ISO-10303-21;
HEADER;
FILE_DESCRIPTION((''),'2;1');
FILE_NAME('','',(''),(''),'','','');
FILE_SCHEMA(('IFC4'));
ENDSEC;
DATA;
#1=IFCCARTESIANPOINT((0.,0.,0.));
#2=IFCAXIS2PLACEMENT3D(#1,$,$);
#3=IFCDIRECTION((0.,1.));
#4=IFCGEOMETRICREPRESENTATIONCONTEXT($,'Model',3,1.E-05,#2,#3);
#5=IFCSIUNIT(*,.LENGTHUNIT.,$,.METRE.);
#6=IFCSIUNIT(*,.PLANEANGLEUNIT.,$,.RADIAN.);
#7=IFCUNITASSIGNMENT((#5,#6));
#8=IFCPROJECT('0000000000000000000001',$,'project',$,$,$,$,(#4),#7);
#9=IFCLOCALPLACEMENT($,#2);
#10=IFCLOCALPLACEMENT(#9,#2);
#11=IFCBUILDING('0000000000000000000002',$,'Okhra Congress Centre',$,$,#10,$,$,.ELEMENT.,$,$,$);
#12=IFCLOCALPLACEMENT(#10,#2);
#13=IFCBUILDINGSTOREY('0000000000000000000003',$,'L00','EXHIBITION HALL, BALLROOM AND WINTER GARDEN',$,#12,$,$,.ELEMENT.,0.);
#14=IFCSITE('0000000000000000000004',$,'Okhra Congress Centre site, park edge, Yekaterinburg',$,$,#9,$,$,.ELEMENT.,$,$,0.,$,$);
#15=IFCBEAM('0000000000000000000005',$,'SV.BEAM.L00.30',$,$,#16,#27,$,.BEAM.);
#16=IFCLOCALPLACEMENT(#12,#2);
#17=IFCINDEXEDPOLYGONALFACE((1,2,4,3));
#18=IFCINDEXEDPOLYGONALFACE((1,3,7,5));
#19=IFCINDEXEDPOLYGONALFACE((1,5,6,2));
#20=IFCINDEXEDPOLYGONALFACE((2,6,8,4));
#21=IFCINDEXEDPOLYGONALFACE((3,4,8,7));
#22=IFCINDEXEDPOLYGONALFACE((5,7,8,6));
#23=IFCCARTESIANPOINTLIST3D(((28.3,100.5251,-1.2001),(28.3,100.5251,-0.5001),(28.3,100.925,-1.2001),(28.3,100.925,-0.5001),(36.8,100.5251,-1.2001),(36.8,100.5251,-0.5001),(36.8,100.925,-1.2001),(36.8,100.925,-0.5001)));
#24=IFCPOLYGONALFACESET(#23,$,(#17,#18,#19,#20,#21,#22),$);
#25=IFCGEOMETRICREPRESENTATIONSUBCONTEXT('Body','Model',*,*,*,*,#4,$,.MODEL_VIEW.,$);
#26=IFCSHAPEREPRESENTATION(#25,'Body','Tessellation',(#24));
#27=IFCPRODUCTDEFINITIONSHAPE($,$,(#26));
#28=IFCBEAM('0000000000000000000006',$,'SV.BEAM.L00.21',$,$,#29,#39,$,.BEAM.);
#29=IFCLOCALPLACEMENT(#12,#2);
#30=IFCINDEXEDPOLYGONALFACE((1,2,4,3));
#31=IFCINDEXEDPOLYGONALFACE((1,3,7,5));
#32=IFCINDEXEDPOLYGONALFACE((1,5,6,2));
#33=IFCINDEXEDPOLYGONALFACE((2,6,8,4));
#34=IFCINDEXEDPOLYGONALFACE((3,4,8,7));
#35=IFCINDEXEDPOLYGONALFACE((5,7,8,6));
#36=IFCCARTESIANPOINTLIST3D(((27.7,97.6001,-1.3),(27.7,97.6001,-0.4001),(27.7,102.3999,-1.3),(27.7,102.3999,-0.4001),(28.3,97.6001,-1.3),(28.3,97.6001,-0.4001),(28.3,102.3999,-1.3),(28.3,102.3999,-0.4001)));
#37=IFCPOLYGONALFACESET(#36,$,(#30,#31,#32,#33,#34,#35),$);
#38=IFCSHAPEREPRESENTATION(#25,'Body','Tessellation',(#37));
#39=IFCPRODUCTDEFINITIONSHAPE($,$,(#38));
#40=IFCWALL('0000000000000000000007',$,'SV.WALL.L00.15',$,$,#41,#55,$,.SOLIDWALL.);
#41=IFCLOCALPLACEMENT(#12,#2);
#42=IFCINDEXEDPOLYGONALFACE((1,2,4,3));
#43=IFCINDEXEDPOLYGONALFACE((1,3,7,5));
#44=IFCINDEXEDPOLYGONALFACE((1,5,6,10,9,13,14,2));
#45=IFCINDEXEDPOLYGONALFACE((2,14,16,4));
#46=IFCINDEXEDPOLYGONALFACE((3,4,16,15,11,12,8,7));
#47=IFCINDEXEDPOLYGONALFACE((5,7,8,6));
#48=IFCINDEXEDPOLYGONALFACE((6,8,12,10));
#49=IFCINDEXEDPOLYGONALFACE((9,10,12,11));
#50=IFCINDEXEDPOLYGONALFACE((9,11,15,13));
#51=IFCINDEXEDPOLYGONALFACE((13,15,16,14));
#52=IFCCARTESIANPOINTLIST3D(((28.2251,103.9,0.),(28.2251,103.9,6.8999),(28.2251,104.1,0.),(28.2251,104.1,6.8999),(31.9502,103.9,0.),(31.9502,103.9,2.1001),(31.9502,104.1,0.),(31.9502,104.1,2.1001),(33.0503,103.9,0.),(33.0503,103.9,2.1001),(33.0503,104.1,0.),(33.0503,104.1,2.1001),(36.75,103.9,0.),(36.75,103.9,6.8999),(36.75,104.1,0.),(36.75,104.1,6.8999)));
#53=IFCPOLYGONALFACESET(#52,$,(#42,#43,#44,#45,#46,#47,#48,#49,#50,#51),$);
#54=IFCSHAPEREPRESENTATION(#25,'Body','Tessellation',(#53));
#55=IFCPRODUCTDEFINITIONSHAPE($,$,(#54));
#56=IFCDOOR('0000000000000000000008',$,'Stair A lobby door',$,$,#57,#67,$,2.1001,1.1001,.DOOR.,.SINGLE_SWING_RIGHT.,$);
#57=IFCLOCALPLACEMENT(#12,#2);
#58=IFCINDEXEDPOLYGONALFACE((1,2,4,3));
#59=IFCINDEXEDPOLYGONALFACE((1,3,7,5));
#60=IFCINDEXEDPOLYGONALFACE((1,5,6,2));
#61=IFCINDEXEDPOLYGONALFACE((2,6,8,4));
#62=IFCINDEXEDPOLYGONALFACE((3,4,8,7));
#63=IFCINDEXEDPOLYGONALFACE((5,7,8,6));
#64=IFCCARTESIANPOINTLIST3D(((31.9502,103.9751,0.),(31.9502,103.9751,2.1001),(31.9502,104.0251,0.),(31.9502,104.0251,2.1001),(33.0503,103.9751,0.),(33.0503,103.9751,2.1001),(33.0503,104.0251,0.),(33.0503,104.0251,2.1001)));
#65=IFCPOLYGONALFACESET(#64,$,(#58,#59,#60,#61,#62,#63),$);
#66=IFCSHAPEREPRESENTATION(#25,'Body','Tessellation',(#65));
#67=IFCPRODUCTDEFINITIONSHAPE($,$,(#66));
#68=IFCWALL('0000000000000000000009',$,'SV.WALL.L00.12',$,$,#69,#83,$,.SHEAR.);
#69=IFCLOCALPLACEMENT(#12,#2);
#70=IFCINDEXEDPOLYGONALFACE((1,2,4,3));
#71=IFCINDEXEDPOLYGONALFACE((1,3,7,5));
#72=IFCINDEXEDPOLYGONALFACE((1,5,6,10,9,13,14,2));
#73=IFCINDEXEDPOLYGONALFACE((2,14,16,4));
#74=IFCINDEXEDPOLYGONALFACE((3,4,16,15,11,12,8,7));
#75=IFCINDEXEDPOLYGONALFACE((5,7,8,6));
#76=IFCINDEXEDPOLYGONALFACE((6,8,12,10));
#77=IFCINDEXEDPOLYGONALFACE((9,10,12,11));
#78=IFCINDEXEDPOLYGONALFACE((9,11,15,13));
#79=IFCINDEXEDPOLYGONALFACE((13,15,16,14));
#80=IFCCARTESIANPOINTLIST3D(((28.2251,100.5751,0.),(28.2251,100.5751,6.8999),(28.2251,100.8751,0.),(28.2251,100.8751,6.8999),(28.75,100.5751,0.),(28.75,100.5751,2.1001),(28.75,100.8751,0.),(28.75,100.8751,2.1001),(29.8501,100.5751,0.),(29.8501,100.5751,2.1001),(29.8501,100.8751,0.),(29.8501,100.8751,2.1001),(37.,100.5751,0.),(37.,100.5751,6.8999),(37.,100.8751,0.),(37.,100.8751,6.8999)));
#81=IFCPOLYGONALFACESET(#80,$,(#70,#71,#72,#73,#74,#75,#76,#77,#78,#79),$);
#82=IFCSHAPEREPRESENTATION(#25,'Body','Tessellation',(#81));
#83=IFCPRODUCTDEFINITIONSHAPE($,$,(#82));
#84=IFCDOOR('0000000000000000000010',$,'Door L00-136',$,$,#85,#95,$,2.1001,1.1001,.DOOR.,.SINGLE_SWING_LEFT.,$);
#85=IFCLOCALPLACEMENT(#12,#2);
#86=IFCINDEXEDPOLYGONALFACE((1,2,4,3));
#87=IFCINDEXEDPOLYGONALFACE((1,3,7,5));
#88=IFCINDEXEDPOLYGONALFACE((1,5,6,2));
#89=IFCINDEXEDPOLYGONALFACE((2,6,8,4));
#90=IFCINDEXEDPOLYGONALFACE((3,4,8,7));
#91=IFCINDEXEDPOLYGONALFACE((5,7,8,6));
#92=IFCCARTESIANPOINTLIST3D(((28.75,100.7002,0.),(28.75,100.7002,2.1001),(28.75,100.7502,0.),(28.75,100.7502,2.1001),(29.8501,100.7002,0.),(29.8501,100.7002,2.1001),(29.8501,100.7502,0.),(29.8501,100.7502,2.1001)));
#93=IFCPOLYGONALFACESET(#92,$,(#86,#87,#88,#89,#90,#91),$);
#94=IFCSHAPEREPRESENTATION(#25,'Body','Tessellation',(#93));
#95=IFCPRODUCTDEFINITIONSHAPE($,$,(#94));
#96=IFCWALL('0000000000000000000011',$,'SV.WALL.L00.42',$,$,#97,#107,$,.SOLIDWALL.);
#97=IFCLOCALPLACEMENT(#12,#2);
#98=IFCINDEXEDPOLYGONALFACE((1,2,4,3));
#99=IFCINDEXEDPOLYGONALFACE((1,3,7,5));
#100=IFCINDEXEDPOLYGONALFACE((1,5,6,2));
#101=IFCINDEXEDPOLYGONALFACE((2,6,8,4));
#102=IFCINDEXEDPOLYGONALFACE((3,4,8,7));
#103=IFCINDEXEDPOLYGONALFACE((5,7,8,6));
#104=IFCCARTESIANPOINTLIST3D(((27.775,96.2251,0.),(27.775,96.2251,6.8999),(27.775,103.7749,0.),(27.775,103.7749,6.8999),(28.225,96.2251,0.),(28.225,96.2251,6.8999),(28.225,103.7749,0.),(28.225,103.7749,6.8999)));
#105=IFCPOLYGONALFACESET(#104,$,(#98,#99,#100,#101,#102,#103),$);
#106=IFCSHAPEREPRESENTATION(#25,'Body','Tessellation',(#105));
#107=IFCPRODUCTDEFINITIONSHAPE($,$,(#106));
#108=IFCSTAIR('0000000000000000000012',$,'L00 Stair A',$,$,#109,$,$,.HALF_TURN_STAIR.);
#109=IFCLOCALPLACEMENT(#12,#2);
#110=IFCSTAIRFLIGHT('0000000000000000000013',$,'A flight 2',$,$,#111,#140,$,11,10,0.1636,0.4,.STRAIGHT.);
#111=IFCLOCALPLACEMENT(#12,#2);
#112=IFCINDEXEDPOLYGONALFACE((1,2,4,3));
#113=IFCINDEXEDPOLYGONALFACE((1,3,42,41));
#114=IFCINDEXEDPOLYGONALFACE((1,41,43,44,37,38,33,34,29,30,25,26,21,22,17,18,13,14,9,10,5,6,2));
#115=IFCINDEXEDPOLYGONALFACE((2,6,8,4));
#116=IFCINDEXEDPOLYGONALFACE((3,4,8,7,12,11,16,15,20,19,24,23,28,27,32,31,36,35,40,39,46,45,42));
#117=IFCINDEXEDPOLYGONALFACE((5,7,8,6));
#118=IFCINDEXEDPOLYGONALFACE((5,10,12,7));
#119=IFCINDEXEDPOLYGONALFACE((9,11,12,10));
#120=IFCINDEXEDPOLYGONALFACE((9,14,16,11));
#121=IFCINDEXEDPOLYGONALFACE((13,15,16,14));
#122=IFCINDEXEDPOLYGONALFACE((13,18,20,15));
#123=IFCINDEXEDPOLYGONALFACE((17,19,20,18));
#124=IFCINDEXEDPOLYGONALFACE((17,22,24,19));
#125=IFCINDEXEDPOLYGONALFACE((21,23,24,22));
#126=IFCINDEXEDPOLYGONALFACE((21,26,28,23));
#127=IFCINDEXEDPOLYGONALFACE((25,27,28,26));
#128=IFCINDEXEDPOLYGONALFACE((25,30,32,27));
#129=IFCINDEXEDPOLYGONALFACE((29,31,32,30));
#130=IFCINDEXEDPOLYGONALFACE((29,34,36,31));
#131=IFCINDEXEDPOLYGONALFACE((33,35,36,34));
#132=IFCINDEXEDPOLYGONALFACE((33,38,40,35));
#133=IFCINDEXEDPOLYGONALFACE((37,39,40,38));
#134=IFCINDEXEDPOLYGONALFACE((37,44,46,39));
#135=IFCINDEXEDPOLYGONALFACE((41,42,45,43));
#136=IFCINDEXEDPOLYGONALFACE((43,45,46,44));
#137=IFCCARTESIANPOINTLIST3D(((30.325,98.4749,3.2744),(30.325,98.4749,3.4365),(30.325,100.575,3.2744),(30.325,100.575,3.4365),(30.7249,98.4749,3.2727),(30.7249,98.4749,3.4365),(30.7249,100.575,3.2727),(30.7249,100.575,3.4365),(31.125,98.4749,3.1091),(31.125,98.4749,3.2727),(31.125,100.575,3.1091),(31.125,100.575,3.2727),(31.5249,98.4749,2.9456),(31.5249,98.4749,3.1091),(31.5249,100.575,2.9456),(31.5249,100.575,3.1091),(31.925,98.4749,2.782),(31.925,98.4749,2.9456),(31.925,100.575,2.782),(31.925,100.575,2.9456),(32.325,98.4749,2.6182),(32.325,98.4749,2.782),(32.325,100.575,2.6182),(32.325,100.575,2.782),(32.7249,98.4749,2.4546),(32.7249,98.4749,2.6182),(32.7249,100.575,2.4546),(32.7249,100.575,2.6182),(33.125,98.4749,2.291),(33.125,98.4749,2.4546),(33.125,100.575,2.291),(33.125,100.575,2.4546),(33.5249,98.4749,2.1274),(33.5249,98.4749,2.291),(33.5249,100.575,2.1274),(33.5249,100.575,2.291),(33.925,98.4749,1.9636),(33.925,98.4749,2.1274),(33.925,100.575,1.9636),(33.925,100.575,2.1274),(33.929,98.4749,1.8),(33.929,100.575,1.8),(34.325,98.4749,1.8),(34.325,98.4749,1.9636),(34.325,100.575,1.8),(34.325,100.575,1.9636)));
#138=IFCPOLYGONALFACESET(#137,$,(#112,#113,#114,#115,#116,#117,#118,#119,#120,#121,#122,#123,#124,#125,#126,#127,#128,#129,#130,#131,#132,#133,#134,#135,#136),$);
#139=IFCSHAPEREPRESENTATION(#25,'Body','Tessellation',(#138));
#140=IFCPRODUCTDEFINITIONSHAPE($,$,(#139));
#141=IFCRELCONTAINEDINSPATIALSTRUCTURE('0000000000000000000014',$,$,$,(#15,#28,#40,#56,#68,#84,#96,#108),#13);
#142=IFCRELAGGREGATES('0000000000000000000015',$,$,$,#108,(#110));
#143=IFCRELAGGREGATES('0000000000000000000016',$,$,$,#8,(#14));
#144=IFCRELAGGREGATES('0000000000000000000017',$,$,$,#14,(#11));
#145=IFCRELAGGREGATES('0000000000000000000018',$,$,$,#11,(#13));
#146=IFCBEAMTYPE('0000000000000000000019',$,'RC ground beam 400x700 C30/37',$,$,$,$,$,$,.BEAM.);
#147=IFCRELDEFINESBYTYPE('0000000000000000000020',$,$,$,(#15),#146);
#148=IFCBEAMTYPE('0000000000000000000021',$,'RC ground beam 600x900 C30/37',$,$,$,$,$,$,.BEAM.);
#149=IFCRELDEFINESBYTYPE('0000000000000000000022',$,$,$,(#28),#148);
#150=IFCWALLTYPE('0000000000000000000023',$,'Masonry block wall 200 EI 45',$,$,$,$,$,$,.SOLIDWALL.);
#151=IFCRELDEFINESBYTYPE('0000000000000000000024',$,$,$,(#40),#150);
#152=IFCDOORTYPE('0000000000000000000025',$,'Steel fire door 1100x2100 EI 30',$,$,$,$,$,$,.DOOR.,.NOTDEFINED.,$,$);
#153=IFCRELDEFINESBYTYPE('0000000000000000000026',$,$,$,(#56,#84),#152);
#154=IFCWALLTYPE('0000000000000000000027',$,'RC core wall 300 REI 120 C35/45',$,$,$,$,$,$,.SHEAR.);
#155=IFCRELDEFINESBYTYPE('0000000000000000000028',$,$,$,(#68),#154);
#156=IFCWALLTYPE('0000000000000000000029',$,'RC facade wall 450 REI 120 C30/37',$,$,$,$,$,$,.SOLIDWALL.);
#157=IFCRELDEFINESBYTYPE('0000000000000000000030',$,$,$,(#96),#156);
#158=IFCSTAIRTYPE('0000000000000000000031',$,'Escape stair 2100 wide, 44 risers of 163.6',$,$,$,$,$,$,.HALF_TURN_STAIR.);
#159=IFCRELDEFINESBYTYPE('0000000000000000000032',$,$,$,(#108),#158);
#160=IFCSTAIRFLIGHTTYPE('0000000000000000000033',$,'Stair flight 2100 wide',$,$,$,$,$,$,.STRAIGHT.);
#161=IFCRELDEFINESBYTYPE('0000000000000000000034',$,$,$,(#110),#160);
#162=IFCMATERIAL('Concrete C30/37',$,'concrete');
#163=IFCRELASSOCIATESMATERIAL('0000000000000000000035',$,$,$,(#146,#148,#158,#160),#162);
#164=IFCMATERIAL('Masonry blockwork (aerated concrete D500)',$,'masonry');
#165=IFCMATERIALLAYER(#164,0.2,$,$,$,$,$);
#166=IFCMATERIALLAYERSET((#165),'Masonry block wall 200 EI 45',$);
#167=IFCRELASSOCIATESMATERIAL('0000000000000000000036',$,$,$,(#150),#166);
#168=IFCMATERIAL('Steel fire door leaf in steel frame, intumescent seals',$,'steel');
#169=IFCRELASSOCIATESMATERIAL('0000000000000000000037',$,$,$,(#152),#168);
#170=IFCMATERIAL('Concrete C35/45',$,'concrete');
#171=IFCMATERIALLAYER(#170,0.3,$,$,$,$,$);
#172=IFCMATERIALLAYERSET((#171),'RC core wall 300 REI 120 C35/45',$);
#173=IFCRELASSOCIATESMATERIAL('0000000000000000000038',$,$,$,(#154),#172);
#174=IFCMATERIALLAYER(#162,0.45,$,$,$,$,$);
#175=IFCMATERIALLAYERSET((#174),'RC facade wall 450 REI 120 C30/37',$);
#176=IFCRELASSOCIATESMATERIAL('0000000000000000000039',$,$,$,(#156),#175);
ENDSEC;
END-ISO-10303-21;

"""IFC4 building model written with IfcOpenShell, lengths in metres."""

from ifc_helpers import new_model, si_unit, direction, frame, frame_2d, origin, origin_2d, place, context, subcontext, project, spatial, polyline, rectangle, outline, extrude, material, layer, layer_set, material_profile, profile_set, type_object, element, fill, aggregate, save


model = new_model("IFC4")

# Units and contexts
model_context = context("Model", 3, precision=1e-05, world=origin(), true_north=direction((0.0, 1.0)))
body_context = subcontext(model_context, "Body", "Model", "MODEL_VIEW")
ifc_project = project(units=[si_unit("LENGTHUNIT", "METRE"), si_unit("PLANEANGLEUNIT", "RADIAN")], contexts=[model_context])

# Site, building, storey
site_placement = place(None, origin())
site = spatial("IfcSite", under=ifc_project, at=site_placement, Name="Okhra Congress Centre site, park edge, Yekaterinburg", CompositionType="ELEMENT", RefElevation=0.0)
building_placement = place(site_placement, origin())
building = spatial("IfcBuilding", under=site, at=building_placement, Name="Okhra Congress Centre", CompositionType="ELEMENT")
storey_placement = place(building_placement, origin())
storey = spatial("IfcBuildingStorey", under=building, at=storey_placement, Name="L00", Description="EXHIBITION HALL, BALLROOM AND WINTER GARDEN", CompositionType="ELEMENT", Elevation=0.0)

# Shared definitions
ifc_material_1 = material(Name="Concrete C30/37", Category="concrete")

# Shared definitions
ifc_material_2 = material(Name="Concrete C35/45", Category="concrete")

# Beams
ifc_material_profile_1 = material_profile(ifc_material_1, rectangle(XDim=0.3999, YDim=0.7, at=origin_2d()), Name="RC 400x700")
ifc_profile_set_1 = profile_set([ifc_material_profile_1], Name="Concrete C30/37")
beam_type_1 = type_object("IfcBeamType", Name="RC ground beam 400x700 C30/37", PredefinedType="BEAM", material=ifc_profile_set_1)
beam_1_placement = place(storey_placement, frame((28.3, 100.7251, -0.8501), z_axis=(1.0, 0.0, 0.0), x_axis=(0.0, 1.0, 0.0)))
element("IfcBeam", 1, at=beam_1_placement, inside=storey, type_object=beam_type_1, Name="SV.BEAM.L00.30", PredefinedType="BEAM", context=body_context, shape_type="SweptSolid", body=[
    extrude(rectangle(XDim=0.3999, YDim=0.7, at=origin_2d()), origin(), (0.0, 0.0, 1.0), 8.5),
])
ifc_material_profile_2 = material_profile(ifc_material_1, rectangle(XDim=0.6001, YDim=0.8999, at=origin_2d()), Name="RC 600x900")
ifc_profile_set_2 = profile_set([ifc_material_profile_2], Name="Concrete C30/37")
beam_type_2 = type_object("IfcBeamType", Name="RC ground beam 600x900 C30/37", PredefinedType="BEAM", material=ifc_profile_set_2)
beam_2_placement = place(storey_placement, frame((28.0, 97.6001, -0.8501), z_axis=(0.0, 1.0, 0.0), x_axis=(-1.0, 0.0, 0.0)))
element("IfcBeam", 2, at=beam_2_placement, inside=storey, type_object=beam_type_2, Name="SV.BEAM.L00.21", PredefinedType="BEAM", context=body_context, shape_type="SweptSolid", body=[
    extrude(rectangle(XDim=0.6001, YDim=0.8999, at=origin_2d()), origin(), (0.0, 0.0, 1.0), 4.7998),
])

# Walls, openings, doors
ifc_material_3 = material(Name="Masonry blockwork (aerated concrete D500)", Category="masonry")
ifc_layer_1 = layer(ifc_material_3, 0.2)
ifc_layer_set_1 = layer_set([ifc_layer_1], Name="Masonry block wall 200 EI 45")
wall_type_1 = type_object("IfcWallType", Name="Masonry block wall 200 EI 45", PredefinedType="SOLIDWALL", material=ifc_layer_set_1)
wall_1_placement = place(storey_placement, frame((28.2251, 104.0, 0.0), z_axis=(0.0, 0.0, 1.0), x_axis=(1.0, 0.0, 0.0)))
wall_1 = element("IfcWall", 3, at=wall_1_placement, inside=storey, type_object=wall_type_1, Name="SV.WALL.L00.15", PredefinedType="SOLIDWALL", context=body_context, shape_type="SweptSolid", body=[
    extrude(rectangle(XDim=8.5249, YDim=0.2, at=frame_2d((4.2625, 0.0))), origin(), (0.0, 0.0, 1.0), 6.8999),
])
opening_1_placement = place(wall_1_placement, frame((3.7251, 0.0, 0.0)))
opening_1 = element("IfcOpeningElement", 4, at=opening_1_placement, cuts=wall_1, PredefinedType="OPENING", context=body_context, shape_type="SweptSolid", body=[
    extrude(rectangle(XDim=1.1001, YDim=2.1001, at=frame_2d((0.55, 1.05))), frame((0.0, 0.1099, 0.0), z_axis=(0.0, -1.0, 0.0), x_axis=(1.0, 0.0, 0.0)), (0.0, 0.0, 1.0), 0.22),
])
ifc_material_4 = material(Name="Steel fire door leaf in steel frame, intumescent seals", Category="steel")
door_type = type_object("IfcDoorType", Name="Steel fire door 1100x2100 EI 30", OperationType="NOTDEFINED", PredefinedType="DOOR", material=ifc_material_4)
door_1_placement = place(opening_1_placement, frame((1.1001, 0.0, 0.0), z_axis=(0.0, 0.0, 1.0), x_axis=(-1.0, 0.0, 0.0)))
door_1 = element("IfcDoor", 5, at=door_1_placement, inside=storey, type_object=door_type, Name="Stair A lobby door", OperationType="SINGLE_SWING_RIGHT", OverallHeight=2.1001, OverallWidth=1.1001, PredefinedType="DOOR", context=body_context, shape_type="SweptSolid", body=[
    extrude(rectangle(XDim=1.1001, YDim=2.1001, at=frame_2d((0.55, 1.05))), frame((0.0, 0.0249, 0.0), z_axis=(0.0, -1.0, 0.0), x_axis=(1.0, 0.0, 0.0)), (0.0, 0.0, 1.0), 0.05),
])
fill(opening_1, door_1)
ifc_layer_2 = layer(ifc_material_2, 0.3)
ifc_layer_set_2 = layer_set([ifc_layer_2], Name="RC core wall 300 REI 120 C35/45")
wall_type_2 = type_object("IfcWallType", Name="RC core wall 300 REI 120 C35/45", PredefinedType="SHEAR", material=ifc_layer_set_2)
wall_2_placement = place(storey_placement, frame((28.2251, 100.7251, 0.0), z_axis=(0.0, 0.0, 1.0), x_axis=(1.0, 0.0, 0.0)))
wall_2 = element("IfcWall", 6, at=wall_2_placement, inside=storey, type_object=wall_type_2, Name="SV.WALL.L00.12", PredefinedType="SHEAR", context=body_context, shape_type="SweptSolid", body=[
    extrude(rectangle(XDim=8.7749, YDim=0.3, at=frame_2d((4.3875, 0.0))), origin(), (0.0, 0.0, 1.0), 6.8999),
])
opening_2_placement = place(wall_2_placement, frame((0.5249, 0.0, 0.0)))
opening_2 = element("IfcOpeningElement", 7, at=opening_2_placement, cuts=wall_2, PredefinedType="OPENING", context=body_context, shape_type="SweptSolid", body=[
    extrude(rectangle(XDim=1.1001, YDim=2.1001, at=frame_2d((0.55, 1.05))), frame((0.0, 0.1599, 0.0), z_axis=(0.0, -1.0, 0.0), x_axis=(1.0, 0.0, 0.0)), (0.0, 0.0, 1.0), 0.3201),
])
door_2_placement = place(opening_2_placement, frame((1.1001, 0.0, 0.0), z_axis=(0.0, 0.0, 1.0), x_axis=(-1.0, 0.0, 0.0)))
door_2 = element("IfcDoor", 8, at=door_2_placement, inside=storey, type_object=door_type, Name="Door L00-136", OperationType="SINGLE_SWING_LEFT", OverallHeight=2.1001, OverallWidth=1.1001, PredefinedType="DOOR", context=body_context, shape_type="SweptSolid", body=[
    extrude(rectangle(XDim=1.1001, YDim=2.1001, at=frame_2d((0.55, 1.05))), frame((0.0, 0.0249, 0.0), z_axis=(0.0, -1.0, 0.0), x_axis=(1.0, 0.0, 0.0)), (0.0, 0.0, 1.0), 0.05),
])
fill(opening_2, door_2)

# Wall
ifc_layer_3 = layer(ifc_material_1, 0.45)
ifc_layer_set_3 = layer_set([ifc_layer_3], Name="RC facade wall 450 REI 120 C30/37")
wall_type_3 = type_object("IfcWallType", Name="RC facade wall 450 REI 120 C30/37", PredefinedType="SOLIDWALL", material=ifc_layer_set_3)
wall_3_placement = place(storey_placement, frame((28.0, 103.7749, 0.0), z_axis=(0.0, 0.0, 1.0), x_axis=(0.0, -1.0, 0.0)))
element("IfcWall", 9, at=wall_3_placement, inside=storey, type_object=wall_type_3, Name="SV.WALL.L00.42", PredefinedType="SOLIDWALL", context=body_context, shape_type="SweptSolid", body=[
    extrude(rectangle(XDim=7.5498, YDim=0.45, at=frame_2d((3.7749, 0.0))), origin(), (0.0, 0.0, 1.0), 6.8999),
])

# Stair, stair flight
stair_type = type_object("IfcStairType", Name="Escape stair 2100 wide, 44 risers of 163.6", PredefinedType="HALF_TURN_STAIR", material=ifc_material_1)
stair_placement = place(storey_placement, origin())
stair = element("IfcStair", 10, at=stair_placement, inside=storey, type_object=stair_type, Name="L00 Stair A", PredefinedType="HALF_TURN_STAIR")
stair_flight_type = type_object("IfcStairFlightType", Name="Stair flight 2100 wide", PredefinedType="STRAIGHT", material=ifc_material_1)
stair_flight_1_placement = place(storey_placement, frame((34.325, 99.5249, 1.8), z_axis=(0.0, 0.0, 1.0), x_axis=(-1.0, 0.0, 0.0)))
stair_flight_1 = element("IfcStairFlight", 11, at=stair_flight_1_placement, type_object=stair_flight_type, Name="A flight 2", NumberOfRisers=11, NumberOfTreads=10, PredefinedType="STRAIGHT", RiserHeight=0.1636, TreadLength=0.4, context=body_context, shape_type="SweptSolid", body=[
    extrude(outline(polyline([(0.0, 0.0), (0.0, 0.1636), (0.3999, 0.1636), (0.3999, 0.3274), (0.8, 0.3274), (0.8, 0.491), (1.2, 0.491), (1.2, 0.6545), (1.6001, 0.6545), (1.6001, 0.8181), (2.0, 0.8181), (2.0, 0.9819), (2.3999, 0.9819), (2.3999, 1.1455), (2.8, 1.1455), (2.8, 1.3091), (3.2, 1.3091), (3.2, 1.4727), (3.6001, 1.4727), (3.6001, 1.6365), (4.0, 1.6365), (4.0, 1.8), (4.0, 1.4744), (0.396, 0.0), (0.0, 0.0)])), frame((0.0, 1.05, 0.0), z_axis=(0.0, -1.0, 0.0), x_axis=(1.0, 0.0, 0.0)), (0.0, 0.0, 1.0), 2.1001),
])
aggregate(stair, [stair_flight_1])

save(model, "model.ifc")
